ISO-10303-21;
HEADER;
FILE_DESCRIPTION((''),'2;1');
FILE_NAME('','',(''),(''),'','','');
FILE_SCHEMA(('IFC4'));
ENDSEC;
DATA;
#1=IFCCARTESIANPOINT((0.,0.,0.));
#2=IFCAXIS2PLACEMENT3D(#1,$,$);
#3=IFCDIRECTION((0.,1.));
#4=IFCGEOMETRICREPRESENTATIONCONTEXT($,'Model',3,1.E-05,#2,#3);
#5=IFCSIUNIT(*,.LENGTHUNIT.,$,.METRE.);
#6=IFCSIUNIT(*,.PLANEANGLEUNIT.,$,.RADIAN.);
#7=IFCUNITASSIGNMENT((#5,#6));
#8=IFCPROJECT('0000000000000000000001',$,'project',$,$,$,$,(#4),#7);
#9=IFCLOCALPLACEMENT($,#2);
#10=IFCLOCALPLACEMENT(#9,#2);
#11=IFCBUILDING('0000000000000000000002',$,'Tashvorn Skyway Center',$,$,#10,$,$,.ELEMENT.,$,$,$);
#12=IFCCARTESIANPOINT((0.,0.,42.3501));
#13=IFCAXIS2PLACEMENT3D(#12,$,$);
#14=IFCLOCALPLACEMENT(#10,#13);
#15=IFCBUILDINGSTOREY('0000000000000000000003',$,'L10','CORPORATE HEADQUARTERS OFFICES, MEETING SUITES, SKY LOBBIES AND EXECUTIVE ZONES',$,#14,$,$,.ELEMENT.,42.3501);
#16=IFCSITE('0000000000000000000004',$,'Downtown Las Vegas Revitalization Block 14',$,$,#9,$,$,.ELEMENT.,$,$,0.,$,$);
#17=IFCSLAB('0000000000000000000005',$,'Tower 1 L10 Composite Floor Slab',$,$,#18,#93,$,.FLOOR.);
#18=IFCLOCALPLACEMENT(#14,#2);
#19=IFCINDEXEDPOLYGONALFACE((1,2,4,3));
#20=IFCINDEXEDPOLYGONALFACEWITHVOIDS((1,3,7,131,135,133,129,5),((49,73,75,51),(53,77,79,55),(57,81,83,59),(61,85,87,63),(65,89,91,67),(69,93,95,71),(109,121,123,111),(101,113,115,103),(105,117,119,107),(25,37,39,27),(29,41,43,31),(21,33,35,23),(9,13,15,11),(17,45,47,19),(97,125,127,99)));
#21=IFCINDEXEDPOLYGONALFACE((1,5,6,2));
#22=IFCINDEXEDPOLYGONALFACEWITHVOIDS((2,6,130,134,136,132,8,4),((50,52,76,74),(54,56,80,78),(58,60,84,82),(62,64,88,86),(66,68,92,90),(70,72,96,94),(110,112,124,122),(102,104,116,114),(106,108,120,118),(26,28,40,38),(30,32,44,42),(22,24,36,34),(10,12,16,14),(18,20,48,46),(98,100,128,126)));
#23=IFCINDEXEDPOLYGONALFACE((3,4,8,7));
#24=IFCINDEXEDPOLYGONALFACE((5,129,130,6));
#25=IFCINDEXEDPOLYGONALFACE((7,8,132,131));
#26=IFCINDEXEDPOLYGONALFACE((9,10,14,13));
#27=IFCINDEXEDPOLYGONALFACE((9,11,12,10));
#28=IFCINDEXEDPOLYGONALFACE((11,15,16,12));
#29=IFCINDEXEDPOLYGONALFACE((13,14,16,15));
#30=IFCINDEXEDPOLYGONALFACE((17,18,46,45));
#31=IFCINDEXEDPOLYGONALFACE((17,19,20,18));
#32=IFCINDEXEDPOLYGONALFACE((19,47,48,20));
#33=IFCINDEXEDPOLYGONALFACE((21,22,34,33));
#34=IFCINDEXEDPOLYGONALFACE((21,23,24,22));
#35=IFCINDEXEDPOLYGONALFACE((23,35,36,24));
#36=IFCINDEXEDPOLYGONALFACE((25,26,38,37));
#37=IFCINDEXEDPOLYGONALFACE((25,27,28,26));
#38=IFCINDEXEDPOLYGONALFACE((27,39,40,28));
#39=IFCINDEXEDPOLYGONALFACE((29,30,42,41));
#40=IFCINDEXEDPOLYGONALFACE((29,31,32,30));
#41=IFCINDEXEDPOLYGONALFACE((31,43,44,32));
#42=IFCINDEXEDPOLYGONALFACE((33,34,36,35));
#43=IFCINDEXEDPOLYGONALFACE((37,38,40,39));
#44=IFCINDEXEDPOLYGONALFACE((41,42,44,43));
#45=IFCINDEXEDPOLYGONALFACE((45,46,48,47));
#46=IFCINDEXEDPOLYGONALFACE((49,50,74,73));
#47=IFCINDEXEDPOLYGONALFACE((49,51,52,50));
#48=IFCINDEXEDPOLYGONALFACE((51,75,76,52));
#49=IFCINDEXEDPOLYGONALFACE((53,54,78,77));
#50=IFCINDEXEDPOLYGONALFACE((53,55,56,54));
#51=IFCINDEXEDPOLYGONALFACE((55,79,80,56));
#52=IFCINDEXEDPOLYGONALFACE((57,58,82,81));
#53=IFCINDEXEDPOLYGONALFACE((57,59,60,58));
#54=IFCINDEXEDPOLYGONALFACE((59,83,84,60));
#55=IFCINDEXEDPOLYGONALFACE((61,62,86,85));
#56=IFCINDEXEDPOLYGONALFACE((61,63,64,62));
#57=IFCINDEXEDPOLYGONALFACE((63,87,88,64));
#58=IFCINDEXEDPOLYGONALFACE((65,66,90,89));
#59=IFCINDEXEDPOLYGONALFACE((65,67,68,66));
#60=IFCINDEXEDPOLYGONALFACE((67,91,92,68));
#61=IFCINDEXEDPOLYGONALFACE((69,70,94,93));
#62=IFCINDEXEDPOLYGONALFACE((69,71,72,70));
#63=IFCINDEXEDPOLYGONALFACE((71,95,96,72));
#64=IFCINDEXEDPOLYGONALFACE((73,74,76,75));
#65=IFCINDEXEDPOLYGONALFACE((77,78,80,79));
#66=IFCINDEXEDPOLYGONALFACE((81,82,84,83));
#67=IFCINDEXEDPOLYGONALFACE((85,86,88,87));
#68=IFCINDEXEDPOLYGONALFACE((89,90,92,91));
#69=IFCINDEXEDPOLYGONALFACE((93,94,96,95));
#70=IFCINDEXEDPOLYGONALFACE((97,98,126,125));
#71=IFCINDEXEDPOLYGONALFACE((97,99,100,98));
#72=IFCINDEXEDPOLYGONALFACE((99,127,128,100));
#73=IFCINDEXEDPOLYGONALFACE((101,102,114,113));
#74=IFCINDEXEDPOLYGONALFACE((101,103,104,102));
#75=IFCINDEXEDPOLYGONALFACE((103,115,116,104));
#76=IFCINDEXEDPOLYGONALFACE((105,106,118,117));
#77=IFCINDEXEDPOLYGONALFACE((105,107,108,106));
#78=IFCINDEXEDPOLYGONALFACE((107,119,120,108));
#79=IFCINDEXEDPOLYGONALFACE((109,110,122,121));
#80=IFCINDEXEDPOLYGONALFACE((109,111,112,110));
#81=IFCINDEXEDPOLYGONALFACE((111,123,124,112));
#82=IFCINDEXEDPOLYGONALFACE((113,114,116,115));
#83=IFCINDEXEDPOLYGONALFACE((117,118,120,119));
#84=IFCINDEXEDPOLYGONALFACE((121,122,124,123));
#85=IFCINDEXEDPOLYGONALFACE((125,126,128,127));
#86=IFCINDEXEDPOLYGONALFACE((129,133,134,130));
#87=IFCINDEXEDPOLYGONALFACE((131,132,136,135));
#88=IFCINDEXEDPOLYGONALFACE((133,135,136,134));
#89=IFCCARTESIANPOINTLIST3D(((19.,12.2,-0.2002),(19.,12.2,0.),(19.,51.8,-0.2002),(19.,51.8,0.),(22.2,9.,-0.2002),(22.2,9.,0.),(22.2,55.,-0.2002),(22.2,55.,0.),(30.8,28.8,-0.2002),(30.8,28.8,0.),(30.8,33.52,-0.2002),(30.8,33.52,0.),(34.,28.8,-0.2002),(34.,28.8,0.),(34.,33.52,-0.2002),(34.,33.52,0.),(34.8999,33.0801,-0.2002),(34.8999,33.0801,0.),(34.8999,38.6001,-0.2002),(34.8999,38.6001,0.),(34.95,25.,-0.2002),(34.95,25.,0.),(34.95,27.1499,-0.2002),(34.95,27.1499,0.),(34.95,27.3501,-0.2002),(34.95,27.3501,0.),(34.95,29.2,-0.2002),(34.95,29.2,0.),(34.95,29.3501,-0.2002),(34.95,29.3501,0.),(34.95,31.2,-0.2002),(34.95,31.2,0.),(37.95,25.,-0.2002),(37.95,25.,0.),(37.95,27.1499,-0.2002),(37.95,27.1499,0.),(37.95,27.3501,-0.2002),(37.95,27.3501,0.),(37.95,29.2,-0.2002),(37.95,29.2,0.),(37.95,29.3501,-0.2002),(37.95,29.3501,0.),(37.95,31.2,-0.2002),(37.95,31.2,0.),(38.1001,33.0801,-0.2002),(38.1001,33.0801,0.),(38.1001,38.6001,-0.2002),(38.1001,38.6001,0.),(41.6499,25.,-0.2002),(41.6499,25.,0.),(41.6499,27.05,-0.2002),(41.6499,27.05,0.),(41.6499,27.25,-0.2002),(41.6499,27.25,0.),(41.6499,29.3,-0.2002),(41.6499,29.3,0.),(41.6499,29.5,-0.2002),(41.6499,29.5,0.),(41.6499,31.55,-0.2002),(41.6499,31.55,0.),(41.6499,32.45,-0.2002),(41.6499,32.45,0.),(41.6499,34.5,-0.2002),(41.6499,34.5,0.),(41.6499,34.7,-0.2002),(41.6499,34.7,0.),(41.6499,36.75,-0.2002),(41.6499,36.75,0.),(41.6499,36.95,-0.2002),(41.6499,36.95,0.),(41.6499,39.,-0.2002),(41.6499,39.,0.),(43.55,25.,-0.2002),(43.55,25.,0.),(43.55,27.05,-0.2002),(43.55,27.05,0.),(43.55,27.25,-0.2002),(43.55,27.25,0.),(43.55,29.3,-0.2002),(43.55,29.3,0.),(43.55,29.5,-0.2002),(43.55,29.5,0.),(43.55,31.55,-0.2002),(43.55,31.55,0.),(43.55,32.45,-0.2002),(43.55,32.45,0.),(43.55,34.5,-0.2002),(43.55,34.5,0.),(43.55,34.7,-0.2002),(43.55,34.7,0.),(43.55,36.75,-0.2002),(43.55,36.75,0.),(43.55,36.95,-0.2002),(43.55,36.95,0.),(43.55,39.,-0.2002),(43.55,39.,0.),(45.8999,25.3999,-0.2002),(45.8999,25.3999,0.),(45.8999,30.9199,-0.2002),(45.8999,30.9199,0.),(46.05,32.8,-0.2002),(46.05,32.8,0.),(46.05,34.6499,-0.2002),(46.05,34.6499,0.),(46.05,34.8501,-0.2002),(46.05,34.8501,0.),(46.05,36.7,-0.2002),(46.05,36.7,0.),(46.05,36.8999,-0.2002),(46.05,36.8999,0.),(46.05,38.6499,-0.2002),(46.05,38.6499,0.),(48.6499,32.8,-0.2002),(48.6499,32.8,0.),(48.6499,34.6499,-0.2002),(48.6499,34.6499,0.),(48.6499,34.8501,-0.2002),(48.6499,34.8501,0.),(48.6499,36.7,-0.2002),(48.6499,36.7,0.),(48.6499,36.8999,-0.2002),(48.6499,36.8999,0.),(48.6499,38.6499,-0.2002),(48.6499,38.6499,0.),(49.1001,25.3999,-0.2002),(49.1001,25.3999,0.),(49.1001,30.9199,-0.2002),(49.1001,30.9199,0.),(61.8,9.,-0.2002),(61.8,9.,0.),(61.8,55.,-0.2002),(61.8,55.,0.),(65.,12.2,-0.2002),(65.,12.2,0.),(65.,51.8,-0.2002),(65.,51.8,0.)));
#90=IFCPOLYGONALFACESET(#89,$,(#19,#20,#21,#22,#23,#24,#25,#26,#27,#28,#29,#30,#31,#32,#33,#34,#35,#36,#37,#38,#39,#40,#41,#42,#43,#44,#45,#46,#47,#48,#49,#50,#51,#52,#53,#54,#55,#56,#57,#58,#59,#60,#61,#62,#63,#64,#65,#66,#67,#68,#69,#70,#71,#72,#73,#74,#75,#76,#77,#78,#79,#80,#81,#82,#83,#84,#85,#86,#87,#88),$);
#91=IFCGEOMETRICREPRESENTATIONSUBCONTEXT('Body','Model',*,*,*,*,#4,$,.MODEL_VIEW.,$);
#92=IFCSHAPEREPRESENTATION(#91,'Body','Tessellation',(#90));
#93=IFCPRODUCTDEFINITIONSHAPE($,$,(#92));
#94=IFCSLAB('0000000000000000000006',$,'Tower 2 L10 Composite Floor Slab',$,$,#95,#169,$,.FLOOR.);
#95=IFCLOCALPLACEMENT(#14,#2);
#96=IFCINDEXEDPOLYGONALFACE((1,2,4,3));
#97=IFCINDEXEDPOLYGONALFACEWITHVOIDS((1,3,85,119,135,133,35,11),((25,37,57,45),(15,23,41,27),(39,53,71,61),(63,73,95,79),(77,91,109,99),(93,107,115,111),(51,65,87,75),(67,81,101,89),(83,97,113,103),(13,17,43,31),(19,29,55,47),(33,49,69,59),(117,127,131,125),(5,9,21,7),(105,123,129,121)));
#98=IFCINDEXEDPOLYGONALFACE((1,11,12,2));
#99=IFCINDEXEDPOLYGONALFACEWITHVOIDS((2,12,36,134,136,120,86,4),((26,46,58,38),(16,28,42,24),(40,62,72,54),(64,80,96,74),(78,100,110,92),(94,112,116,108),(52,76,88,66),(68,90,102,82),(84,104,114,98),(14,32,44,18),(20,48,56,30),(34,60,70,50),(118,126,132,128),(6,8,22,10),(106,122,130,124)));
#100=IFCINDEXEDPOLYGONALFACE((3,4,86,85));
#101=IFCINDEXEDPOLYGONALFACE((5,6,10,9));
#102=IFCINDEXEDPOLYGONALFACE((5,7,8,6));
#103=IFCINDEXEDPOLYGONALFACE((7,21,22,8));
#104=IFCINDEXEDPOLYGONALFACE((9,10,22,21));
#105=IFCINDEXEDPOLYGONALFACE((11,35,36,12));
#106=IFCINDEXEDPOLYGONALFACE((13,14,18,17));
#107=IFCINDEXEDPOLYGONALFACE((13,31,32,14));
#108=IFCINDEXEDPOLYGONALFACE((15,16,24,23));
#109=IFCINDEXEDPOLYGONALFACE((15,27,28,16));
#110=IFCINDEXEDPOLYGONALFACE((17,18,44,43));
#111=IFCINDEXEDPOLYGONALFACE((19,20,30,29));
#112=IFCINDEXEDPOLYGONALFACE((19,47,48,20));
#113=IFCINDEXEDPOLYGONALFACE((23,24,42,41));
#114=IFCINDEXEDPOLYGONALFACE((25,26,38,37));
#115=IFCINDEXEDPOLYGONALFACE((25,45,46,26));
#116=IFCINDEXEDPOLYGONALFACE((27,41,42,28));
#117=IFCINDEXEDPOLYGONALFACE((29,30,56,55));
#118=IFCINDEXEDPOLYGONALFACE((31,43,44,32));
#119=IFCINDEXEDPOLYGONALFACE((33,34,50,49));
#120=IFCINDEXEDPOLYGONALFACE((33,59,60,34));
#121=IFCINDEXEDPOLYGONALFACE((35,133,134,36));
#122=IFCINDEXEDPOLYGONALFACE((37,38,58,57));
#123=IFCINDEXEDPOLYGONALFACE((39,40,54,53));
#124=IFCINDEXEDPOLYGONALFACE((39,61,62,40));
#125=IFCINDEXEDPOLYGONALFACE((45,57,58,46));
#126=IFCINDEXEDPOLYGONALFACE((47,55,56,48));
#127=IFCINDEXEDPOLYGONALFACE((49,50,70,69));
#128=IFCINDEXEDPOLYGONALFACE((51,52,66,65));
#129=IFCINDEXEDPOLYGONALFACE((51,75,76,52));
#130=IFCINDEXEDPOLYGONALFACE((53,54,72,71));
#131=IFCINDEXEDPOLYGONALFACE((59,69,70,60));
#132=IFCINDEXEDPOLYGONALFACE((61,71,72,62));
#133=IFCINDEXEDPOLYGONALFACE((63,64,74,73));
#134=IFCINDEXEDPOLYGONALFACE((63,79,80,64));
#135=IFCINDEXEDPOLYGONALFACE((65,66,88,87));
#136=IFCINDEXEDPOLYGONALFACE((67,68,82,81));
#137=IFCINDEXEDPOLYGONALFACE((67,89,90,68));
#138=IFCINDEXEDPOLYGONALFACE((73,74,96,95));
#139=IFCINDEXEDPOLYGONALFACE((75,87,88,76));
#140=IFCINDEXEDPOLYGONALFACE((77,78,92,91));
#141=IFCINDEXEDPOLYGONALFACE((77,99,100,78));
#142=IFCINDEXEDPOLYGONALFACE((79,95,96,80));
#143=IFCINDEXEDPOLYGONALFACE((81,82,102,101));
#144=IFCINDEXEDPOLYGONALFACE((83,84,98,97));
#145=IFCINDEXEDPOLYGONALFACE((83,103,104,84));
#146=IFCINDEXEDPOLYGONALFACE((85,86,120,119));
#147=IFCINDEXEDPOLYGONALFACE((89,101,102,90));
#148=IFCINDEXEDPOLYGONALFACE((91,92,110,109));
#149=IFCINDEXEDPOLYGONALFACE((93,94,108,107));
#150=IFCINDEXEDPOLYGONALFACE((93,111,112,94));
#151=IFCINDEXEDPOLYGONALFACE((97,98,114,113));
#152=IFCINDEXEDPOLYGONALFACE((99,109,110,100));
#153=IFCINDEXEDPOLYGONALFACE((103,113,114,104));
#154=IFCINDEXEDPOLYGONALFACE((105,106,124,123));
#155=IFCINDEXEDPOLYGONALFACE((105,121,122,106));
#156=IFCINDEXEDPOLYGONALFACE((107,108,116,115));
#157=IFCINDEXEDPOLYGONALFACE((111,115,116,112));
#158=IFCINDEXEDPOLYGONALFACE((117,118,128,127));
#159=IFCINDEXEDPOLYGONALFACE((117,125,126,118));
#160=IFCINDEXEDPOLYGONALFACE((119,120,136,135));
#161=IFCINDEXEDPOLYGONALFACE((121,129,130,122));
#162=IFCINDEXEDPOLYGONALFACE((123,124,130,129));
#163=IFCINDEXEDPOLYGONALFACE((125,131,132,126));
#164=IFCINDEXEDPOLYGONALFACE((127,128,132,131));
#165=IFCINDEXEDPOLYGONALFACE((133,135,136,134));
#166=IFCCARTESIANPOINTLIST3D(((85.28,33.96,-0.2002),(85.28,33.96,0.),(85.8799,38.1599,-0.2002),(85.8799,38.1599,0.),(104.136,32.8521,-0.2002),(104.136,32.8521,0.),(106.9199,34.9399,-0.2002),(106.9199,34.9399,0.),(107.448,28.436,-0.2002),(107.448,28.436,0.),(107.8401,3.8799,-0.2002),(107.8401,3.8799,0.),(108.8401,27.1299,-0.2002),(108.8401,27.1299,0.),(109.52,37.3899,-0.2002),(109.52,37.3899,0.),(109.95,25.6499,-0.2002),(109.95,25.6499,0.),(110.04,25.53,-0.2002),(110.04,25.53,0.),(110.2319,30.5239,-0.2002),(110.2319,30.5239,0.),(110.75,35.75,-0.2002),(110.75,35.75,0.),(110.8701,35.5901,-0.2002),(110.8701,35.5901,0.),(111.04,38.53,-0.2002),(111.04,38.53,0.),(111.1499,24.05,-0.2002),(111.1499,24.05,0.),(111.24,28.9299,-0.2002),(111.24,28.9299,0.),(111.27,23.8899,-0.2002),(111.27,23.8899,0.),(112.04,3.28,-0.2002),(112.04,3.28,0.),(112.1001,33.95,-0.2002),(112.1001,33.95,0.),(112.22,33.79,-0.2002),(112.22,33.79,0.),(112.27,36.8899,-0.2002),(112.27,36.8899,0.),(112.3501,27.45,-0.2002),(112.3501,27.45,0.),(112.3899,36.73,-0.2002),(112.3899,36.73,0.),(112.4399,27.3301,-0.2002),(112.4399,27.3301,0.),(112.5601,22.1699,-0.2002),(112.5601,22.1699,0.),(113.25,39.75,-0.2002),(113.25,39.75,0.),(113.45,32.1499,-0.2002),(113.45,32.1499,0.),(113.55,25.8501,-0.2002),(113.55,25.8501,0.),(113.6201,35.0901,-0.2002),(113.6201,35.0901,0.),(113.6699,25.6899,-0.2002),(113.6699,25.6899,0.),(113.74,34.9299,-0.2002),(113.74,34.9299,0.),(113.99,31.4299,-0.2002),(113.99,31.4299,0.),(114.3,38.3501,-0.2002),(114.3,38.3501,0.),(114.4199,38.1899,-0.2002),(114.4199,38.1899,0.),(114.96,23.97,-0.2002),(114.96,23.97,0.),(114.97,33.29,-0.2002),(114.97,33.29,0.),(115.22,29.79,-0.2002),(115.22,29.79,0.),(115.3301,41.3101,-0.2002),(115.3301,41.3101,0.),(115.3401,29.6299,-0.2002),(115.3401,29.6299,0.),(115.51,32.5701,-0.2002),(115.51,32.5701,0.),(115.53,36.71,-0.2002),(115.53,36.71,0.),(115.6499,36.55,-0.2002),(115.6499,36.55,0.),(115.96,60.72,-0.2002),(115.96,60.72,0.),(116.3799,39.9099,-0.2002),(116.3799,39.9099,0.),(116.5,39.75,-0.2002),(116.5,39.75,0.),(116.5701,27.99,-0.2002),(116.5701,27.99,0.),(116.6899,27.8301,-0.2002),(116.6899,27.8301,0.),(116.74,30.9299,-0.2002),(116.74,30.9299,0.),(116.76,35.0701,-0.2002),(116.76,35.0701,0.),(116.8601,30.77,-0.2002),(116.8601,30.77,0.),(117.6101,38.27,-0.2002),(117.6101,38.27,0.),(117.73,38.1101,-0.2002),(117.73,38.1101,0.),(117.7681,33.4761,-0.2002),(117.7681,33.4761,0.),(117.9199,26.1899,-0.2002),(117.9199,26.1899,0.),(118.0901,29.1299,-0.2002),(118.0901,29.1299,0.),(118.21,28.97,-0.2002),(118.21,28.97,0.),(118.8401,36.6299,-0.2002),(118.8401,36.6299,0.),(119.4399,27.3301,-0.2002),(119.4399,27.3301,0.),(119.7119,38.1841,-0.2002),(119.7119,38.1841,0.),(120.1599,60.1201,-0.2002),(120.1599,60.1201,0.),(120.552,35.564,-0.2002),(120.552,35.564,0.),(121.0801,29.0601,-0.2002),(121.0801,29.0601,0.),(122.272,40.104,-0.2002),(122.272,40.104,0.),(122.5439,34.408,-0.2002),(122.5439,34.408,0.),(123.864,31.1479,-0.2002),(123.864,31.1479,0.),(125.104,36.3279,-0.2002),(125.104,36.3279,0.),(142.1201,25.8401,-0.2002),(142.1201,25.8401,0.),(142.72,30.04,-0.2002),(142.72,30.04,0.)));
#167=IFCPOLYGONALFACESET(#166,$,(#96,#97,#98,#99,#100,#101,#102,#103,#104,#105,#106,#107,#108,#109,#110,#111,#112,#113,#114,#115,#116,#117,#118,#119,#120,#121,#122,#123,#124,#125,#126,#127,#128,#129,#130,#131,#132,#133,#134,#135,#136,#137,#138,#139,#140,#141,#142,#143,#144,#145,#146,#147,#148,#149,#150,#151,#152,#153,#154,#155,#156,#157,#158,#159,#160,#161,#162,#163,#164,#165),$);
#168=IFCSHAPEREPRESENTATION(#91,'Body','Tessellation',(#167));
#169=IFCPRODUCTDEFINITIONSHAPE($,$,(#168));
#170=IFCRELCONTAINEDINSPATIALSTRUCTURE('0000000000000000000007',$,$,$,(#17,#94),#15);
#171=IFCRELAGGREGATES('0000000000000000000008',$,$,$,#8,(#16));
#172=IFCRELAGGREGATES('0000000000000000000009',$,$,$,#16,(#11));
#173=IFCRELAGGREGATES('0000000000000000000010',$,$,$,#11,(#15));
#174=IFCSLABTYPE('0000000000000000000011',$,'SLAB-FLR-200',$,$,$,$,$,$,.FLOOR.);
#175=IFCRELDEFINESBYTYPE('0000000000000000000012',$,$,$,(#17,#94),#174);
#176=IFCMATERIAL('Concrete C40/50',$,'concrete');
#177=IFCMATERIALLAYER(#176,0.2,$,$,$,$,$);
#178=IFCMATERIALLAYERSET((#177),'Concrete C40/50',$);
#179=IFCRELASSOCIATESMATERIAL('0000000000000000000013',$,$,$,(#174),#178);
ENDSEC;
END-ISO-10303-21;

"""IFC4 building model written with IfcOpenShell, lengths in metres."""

from ifc_helpers import new_model, si_unit, direction, frame, origin, place, context, subcontext, project, spatial, polyline, outline, extrude, material, layer, layer_set, type_object, element, save


model = new_model("IFC4")

# Units and contexts
model_context = context("Model", 3, precision=1e-05, world=origin(), true_north=direction((0.0, 1.0)))
body_context = subcontext(model_context, "Body", "Model", "MODEL_VIEW")
ifc_project = project(units=[si_unit("LENGTHUNIT", "METRE"), si_unit("PLANEANGLEUNIT", "RADIAN")], contexts=[model_context])

# Site, building, storey
site_placement = place(None, origin())
site = spatial("IfcSite", under=ifc_project, at=site_placement, Name="Downtown Las Vegas Revitalization Block 14", CompositionType="ELEMENT", RefElevation=0.0)
building_placement = place(site_placement, origin())
building = spatial("IfcBuilding", under=site, at=building_placement, Name="Tashvorn Skyway Center", CompositionType="ELEMENT")
storey_placement = place(building_placement, frame((0.0, 0.0, 42.3501)))
storey = spatial("IfcBuildingStorey", under=building, at=storey_placement, Name="L10", Description="CORPORATE HEADQUARTERS OFFICES, MEETING SUITES, SKY LOBBIES AND EXECUTIVE ZONES", CompositionType="ELEMENT", Elevation=42.3501)

# Slabs
ifc_material_1 = material(Name="Concrete C40/50", Category="concrete")
ifc_layer_1 = layer(ifc_material_1, 0.2)
ifc_layer_set_1 = layer_set([ifc_layer_1], Name="Concrete C40/50")
slab_type_1 = type_object("IfcSlabType", Name="SLAB-FLR-200", PredefinedType="FLOOR", material=ifc_layer_set_1)
slab_1_placement = place(storey_placement, frame((0.0, 0.0, -0.2002)))
element("IfcSlab", 1, at=slab_1_placement, inside=storey, type_object=slab_type_1, Name="Tower 1 L10 Composite Floor Slab", PredefinedType="FLOOR", context=body_context, shape_type="SweptSolid", body=[
    extrude(outline(polyline([(22.2, 9.0), (61.8, 9.0), (65.0, 12.2), (65.0, 51.8), (61.8, 55.0), (22.2, 55.0), (19.0, 51.8), (19.0, 12.2), (22.2, 9.0)]), holes=[polyline([(38.1001, 33.0801), (38.1001, 38.6001), (34.8999, 38.6001), (34.8999, 33.0801), (38.1001, 33.0801)]), polyline([(45.8999, 30.9199), (45.8999, 25.3999), (49.1001, 25.3999), (49.1001, 30.9199), (45.8999, 30.9199)]), polyline([(30.8, 33.52), (30.8, 28.8), (34.0, 28.8), (34.0, 33.52), (30.8, 33.52)]), polyline([(34.95, 29.3501), (37.95, 29.3501), (37.95, 31.2), (34.95, 31.2), (34.95, 29.3501)]), polyline([(34.95, 27.3501), (37.95, 27.3501), (37.95, 29.2), (34.95, 29.2), (34.95, 27.3501)]), polyline([(34.95, 25.0), (37.95, 25.0), (37.95, 27.1499), (34.95, 27.1499), (34.95, 25.0)]), polyline([(41.6499, 25.0), (43.55, 25.0), (43.55, 27.05), (41.6499, 27.05), (41.6499, 25.0)]), polyline([(41.6499, 27.25), (43.55, 27.25), (43.55, 29.3), (41.6499, 29.3), (41.6499, 27.25)]), polyline([(41.6499, 29.5), (43.55, 29.5), (43.55, 31.55), (41.6499, 31.55), (41.6499, 29.5)]), polyline([(41.6499, 32.45), (43.55, 32.45), (43.55, 34.5), (41.6499, 34.5), (41.6499, 32.45)]), polyline([(41.6499, 34.7), (43.55, 34.7), (43.55, 36.75), (41.6499, 36.75), (41.6499, 34.7)]), polyline([(41.6499, 36.95), (43.55, 36.95), (43.55, 39.0), (41.6499, 39.0), (41.6499, 36.95)]), polyline([(46.05, 32.8), (48.6499, 32.8), (48.6499, 34.6499), (46.05, 34.6499), (46.05, 32.8)]), polyline([(46.05, 34.8501), (48.6499, 34.8501), (48.6499, 36.7), (46.05, 36.7), (46.05, 34.8501)]), polyline([(46.05, 36.8999), (48.6499, 36.8999), (48.6499, 38.6499), (46.05, 38.6499), (46.05, 36.8999)])]), origin(), (0.0, 0.0, 1.0), 0.2002),
])
slab_2_placement = place(storey_placement, frame((0.0, 0.0, -0.2002)))
element("IfcSlab", 2, at=slab_2_placement, inside=storey, type_object=slab_type_1, Name="Tower 2 L10 Composite Floor Slab", PredefinedType="FLOOR", context=body_context, shape_type="SweptSolid", body=[
    extrude(outline(polyline([(112.04, 3.28), (142.1201, 25.8401), (142.72, 30.04), (120.1599, 60.1201), (115.96, 60.72), (85.8799, 38.1599), (85.28, 33.96), (107.8401, 3.8799), (112.04, 3.28)]), holes=[polyline([(110.2319, 30.5239), (106.9199, 34.9399), (104.136, 32.8521), (107.448, 28.436), (110.2319, 30.5239)]), polyline([(117.7681, 33.4761), (121.0801, 29.0601), (123.864, 31.1479), (120.552, 35.564), (117.7681, 33.4761)]), polyline([(119.7119, 38.1841), (122.5439, 34.408), (125.104, 36.3279), (122.272, 40.104), (119.7119, 38.1841)]), polyline([(109.95, 25.6499), (112.3501, 27.45), (111.24, 28.9299), (108.8401, 27.1299), (109.95, 25.6499)]), polyline([(111.1499, 24.05), (113.55, 25.8501), (112.4399, 27.3301), (110.04, 25.53), (111.1499, 24.05)]), polyline([(112.5601, 22.1699), (114.96, 23.97), (113.6699, 25.6899), (111.27, 23.8899), (112.5601, 22.1699)]), polyline([(117.9199, 26.1899), (119.4399, 27.3301), (118.21, 28.97), (116.6899, 27.8301), (117.9199, 26.1899)]), polyline([(116.5701, 27.99), (118.0901, 29.1299), (116.8601, 30.77), (115.3401, 29.6299), (116.5701, 27.99)]), polyline([(115.22, 29.79), (116.74, 30.9299), (115.51, 32.5701), (113.99, 31.4299), (115.22, 29.79)]), polyline([(113.45, 32.1499), (114.97, 33.29), (113.74, 34.9299), (112.22, 33.79), (113.45, 32.1499)]), polyline([(112.1001, 33.95), (113.6201, 35.0901), (112.3899, 36.73), (110.8701, 35.5901), (112.1001, 33.95)]), polyline([(110.75, 35.75), (112.27, 36.8899), (111.04, 38.53), (109.52, 37.3899), (110.75, 35.75)]), polyline([(116.76, 35.0701), (118.8401, 36.6299), (117.73, 38.1101), (115.6499, 36.55), (116.76, 35.0701)]), polyline([(115.53, 36.71), (117.6101, 38.27), (116.5, 39.75), (114.4199, 38.1899), (115.53, 36.71)]), polyline([(114.3, 38.3501), (116.3799, 39.9099), (115.3301, 41.3101), (113.25, 39.75), (114.3, 38.3501)])]), origin(), (0.0, 0.0, 1.0), 0.2002),
])

save(model, "model.ifc")
